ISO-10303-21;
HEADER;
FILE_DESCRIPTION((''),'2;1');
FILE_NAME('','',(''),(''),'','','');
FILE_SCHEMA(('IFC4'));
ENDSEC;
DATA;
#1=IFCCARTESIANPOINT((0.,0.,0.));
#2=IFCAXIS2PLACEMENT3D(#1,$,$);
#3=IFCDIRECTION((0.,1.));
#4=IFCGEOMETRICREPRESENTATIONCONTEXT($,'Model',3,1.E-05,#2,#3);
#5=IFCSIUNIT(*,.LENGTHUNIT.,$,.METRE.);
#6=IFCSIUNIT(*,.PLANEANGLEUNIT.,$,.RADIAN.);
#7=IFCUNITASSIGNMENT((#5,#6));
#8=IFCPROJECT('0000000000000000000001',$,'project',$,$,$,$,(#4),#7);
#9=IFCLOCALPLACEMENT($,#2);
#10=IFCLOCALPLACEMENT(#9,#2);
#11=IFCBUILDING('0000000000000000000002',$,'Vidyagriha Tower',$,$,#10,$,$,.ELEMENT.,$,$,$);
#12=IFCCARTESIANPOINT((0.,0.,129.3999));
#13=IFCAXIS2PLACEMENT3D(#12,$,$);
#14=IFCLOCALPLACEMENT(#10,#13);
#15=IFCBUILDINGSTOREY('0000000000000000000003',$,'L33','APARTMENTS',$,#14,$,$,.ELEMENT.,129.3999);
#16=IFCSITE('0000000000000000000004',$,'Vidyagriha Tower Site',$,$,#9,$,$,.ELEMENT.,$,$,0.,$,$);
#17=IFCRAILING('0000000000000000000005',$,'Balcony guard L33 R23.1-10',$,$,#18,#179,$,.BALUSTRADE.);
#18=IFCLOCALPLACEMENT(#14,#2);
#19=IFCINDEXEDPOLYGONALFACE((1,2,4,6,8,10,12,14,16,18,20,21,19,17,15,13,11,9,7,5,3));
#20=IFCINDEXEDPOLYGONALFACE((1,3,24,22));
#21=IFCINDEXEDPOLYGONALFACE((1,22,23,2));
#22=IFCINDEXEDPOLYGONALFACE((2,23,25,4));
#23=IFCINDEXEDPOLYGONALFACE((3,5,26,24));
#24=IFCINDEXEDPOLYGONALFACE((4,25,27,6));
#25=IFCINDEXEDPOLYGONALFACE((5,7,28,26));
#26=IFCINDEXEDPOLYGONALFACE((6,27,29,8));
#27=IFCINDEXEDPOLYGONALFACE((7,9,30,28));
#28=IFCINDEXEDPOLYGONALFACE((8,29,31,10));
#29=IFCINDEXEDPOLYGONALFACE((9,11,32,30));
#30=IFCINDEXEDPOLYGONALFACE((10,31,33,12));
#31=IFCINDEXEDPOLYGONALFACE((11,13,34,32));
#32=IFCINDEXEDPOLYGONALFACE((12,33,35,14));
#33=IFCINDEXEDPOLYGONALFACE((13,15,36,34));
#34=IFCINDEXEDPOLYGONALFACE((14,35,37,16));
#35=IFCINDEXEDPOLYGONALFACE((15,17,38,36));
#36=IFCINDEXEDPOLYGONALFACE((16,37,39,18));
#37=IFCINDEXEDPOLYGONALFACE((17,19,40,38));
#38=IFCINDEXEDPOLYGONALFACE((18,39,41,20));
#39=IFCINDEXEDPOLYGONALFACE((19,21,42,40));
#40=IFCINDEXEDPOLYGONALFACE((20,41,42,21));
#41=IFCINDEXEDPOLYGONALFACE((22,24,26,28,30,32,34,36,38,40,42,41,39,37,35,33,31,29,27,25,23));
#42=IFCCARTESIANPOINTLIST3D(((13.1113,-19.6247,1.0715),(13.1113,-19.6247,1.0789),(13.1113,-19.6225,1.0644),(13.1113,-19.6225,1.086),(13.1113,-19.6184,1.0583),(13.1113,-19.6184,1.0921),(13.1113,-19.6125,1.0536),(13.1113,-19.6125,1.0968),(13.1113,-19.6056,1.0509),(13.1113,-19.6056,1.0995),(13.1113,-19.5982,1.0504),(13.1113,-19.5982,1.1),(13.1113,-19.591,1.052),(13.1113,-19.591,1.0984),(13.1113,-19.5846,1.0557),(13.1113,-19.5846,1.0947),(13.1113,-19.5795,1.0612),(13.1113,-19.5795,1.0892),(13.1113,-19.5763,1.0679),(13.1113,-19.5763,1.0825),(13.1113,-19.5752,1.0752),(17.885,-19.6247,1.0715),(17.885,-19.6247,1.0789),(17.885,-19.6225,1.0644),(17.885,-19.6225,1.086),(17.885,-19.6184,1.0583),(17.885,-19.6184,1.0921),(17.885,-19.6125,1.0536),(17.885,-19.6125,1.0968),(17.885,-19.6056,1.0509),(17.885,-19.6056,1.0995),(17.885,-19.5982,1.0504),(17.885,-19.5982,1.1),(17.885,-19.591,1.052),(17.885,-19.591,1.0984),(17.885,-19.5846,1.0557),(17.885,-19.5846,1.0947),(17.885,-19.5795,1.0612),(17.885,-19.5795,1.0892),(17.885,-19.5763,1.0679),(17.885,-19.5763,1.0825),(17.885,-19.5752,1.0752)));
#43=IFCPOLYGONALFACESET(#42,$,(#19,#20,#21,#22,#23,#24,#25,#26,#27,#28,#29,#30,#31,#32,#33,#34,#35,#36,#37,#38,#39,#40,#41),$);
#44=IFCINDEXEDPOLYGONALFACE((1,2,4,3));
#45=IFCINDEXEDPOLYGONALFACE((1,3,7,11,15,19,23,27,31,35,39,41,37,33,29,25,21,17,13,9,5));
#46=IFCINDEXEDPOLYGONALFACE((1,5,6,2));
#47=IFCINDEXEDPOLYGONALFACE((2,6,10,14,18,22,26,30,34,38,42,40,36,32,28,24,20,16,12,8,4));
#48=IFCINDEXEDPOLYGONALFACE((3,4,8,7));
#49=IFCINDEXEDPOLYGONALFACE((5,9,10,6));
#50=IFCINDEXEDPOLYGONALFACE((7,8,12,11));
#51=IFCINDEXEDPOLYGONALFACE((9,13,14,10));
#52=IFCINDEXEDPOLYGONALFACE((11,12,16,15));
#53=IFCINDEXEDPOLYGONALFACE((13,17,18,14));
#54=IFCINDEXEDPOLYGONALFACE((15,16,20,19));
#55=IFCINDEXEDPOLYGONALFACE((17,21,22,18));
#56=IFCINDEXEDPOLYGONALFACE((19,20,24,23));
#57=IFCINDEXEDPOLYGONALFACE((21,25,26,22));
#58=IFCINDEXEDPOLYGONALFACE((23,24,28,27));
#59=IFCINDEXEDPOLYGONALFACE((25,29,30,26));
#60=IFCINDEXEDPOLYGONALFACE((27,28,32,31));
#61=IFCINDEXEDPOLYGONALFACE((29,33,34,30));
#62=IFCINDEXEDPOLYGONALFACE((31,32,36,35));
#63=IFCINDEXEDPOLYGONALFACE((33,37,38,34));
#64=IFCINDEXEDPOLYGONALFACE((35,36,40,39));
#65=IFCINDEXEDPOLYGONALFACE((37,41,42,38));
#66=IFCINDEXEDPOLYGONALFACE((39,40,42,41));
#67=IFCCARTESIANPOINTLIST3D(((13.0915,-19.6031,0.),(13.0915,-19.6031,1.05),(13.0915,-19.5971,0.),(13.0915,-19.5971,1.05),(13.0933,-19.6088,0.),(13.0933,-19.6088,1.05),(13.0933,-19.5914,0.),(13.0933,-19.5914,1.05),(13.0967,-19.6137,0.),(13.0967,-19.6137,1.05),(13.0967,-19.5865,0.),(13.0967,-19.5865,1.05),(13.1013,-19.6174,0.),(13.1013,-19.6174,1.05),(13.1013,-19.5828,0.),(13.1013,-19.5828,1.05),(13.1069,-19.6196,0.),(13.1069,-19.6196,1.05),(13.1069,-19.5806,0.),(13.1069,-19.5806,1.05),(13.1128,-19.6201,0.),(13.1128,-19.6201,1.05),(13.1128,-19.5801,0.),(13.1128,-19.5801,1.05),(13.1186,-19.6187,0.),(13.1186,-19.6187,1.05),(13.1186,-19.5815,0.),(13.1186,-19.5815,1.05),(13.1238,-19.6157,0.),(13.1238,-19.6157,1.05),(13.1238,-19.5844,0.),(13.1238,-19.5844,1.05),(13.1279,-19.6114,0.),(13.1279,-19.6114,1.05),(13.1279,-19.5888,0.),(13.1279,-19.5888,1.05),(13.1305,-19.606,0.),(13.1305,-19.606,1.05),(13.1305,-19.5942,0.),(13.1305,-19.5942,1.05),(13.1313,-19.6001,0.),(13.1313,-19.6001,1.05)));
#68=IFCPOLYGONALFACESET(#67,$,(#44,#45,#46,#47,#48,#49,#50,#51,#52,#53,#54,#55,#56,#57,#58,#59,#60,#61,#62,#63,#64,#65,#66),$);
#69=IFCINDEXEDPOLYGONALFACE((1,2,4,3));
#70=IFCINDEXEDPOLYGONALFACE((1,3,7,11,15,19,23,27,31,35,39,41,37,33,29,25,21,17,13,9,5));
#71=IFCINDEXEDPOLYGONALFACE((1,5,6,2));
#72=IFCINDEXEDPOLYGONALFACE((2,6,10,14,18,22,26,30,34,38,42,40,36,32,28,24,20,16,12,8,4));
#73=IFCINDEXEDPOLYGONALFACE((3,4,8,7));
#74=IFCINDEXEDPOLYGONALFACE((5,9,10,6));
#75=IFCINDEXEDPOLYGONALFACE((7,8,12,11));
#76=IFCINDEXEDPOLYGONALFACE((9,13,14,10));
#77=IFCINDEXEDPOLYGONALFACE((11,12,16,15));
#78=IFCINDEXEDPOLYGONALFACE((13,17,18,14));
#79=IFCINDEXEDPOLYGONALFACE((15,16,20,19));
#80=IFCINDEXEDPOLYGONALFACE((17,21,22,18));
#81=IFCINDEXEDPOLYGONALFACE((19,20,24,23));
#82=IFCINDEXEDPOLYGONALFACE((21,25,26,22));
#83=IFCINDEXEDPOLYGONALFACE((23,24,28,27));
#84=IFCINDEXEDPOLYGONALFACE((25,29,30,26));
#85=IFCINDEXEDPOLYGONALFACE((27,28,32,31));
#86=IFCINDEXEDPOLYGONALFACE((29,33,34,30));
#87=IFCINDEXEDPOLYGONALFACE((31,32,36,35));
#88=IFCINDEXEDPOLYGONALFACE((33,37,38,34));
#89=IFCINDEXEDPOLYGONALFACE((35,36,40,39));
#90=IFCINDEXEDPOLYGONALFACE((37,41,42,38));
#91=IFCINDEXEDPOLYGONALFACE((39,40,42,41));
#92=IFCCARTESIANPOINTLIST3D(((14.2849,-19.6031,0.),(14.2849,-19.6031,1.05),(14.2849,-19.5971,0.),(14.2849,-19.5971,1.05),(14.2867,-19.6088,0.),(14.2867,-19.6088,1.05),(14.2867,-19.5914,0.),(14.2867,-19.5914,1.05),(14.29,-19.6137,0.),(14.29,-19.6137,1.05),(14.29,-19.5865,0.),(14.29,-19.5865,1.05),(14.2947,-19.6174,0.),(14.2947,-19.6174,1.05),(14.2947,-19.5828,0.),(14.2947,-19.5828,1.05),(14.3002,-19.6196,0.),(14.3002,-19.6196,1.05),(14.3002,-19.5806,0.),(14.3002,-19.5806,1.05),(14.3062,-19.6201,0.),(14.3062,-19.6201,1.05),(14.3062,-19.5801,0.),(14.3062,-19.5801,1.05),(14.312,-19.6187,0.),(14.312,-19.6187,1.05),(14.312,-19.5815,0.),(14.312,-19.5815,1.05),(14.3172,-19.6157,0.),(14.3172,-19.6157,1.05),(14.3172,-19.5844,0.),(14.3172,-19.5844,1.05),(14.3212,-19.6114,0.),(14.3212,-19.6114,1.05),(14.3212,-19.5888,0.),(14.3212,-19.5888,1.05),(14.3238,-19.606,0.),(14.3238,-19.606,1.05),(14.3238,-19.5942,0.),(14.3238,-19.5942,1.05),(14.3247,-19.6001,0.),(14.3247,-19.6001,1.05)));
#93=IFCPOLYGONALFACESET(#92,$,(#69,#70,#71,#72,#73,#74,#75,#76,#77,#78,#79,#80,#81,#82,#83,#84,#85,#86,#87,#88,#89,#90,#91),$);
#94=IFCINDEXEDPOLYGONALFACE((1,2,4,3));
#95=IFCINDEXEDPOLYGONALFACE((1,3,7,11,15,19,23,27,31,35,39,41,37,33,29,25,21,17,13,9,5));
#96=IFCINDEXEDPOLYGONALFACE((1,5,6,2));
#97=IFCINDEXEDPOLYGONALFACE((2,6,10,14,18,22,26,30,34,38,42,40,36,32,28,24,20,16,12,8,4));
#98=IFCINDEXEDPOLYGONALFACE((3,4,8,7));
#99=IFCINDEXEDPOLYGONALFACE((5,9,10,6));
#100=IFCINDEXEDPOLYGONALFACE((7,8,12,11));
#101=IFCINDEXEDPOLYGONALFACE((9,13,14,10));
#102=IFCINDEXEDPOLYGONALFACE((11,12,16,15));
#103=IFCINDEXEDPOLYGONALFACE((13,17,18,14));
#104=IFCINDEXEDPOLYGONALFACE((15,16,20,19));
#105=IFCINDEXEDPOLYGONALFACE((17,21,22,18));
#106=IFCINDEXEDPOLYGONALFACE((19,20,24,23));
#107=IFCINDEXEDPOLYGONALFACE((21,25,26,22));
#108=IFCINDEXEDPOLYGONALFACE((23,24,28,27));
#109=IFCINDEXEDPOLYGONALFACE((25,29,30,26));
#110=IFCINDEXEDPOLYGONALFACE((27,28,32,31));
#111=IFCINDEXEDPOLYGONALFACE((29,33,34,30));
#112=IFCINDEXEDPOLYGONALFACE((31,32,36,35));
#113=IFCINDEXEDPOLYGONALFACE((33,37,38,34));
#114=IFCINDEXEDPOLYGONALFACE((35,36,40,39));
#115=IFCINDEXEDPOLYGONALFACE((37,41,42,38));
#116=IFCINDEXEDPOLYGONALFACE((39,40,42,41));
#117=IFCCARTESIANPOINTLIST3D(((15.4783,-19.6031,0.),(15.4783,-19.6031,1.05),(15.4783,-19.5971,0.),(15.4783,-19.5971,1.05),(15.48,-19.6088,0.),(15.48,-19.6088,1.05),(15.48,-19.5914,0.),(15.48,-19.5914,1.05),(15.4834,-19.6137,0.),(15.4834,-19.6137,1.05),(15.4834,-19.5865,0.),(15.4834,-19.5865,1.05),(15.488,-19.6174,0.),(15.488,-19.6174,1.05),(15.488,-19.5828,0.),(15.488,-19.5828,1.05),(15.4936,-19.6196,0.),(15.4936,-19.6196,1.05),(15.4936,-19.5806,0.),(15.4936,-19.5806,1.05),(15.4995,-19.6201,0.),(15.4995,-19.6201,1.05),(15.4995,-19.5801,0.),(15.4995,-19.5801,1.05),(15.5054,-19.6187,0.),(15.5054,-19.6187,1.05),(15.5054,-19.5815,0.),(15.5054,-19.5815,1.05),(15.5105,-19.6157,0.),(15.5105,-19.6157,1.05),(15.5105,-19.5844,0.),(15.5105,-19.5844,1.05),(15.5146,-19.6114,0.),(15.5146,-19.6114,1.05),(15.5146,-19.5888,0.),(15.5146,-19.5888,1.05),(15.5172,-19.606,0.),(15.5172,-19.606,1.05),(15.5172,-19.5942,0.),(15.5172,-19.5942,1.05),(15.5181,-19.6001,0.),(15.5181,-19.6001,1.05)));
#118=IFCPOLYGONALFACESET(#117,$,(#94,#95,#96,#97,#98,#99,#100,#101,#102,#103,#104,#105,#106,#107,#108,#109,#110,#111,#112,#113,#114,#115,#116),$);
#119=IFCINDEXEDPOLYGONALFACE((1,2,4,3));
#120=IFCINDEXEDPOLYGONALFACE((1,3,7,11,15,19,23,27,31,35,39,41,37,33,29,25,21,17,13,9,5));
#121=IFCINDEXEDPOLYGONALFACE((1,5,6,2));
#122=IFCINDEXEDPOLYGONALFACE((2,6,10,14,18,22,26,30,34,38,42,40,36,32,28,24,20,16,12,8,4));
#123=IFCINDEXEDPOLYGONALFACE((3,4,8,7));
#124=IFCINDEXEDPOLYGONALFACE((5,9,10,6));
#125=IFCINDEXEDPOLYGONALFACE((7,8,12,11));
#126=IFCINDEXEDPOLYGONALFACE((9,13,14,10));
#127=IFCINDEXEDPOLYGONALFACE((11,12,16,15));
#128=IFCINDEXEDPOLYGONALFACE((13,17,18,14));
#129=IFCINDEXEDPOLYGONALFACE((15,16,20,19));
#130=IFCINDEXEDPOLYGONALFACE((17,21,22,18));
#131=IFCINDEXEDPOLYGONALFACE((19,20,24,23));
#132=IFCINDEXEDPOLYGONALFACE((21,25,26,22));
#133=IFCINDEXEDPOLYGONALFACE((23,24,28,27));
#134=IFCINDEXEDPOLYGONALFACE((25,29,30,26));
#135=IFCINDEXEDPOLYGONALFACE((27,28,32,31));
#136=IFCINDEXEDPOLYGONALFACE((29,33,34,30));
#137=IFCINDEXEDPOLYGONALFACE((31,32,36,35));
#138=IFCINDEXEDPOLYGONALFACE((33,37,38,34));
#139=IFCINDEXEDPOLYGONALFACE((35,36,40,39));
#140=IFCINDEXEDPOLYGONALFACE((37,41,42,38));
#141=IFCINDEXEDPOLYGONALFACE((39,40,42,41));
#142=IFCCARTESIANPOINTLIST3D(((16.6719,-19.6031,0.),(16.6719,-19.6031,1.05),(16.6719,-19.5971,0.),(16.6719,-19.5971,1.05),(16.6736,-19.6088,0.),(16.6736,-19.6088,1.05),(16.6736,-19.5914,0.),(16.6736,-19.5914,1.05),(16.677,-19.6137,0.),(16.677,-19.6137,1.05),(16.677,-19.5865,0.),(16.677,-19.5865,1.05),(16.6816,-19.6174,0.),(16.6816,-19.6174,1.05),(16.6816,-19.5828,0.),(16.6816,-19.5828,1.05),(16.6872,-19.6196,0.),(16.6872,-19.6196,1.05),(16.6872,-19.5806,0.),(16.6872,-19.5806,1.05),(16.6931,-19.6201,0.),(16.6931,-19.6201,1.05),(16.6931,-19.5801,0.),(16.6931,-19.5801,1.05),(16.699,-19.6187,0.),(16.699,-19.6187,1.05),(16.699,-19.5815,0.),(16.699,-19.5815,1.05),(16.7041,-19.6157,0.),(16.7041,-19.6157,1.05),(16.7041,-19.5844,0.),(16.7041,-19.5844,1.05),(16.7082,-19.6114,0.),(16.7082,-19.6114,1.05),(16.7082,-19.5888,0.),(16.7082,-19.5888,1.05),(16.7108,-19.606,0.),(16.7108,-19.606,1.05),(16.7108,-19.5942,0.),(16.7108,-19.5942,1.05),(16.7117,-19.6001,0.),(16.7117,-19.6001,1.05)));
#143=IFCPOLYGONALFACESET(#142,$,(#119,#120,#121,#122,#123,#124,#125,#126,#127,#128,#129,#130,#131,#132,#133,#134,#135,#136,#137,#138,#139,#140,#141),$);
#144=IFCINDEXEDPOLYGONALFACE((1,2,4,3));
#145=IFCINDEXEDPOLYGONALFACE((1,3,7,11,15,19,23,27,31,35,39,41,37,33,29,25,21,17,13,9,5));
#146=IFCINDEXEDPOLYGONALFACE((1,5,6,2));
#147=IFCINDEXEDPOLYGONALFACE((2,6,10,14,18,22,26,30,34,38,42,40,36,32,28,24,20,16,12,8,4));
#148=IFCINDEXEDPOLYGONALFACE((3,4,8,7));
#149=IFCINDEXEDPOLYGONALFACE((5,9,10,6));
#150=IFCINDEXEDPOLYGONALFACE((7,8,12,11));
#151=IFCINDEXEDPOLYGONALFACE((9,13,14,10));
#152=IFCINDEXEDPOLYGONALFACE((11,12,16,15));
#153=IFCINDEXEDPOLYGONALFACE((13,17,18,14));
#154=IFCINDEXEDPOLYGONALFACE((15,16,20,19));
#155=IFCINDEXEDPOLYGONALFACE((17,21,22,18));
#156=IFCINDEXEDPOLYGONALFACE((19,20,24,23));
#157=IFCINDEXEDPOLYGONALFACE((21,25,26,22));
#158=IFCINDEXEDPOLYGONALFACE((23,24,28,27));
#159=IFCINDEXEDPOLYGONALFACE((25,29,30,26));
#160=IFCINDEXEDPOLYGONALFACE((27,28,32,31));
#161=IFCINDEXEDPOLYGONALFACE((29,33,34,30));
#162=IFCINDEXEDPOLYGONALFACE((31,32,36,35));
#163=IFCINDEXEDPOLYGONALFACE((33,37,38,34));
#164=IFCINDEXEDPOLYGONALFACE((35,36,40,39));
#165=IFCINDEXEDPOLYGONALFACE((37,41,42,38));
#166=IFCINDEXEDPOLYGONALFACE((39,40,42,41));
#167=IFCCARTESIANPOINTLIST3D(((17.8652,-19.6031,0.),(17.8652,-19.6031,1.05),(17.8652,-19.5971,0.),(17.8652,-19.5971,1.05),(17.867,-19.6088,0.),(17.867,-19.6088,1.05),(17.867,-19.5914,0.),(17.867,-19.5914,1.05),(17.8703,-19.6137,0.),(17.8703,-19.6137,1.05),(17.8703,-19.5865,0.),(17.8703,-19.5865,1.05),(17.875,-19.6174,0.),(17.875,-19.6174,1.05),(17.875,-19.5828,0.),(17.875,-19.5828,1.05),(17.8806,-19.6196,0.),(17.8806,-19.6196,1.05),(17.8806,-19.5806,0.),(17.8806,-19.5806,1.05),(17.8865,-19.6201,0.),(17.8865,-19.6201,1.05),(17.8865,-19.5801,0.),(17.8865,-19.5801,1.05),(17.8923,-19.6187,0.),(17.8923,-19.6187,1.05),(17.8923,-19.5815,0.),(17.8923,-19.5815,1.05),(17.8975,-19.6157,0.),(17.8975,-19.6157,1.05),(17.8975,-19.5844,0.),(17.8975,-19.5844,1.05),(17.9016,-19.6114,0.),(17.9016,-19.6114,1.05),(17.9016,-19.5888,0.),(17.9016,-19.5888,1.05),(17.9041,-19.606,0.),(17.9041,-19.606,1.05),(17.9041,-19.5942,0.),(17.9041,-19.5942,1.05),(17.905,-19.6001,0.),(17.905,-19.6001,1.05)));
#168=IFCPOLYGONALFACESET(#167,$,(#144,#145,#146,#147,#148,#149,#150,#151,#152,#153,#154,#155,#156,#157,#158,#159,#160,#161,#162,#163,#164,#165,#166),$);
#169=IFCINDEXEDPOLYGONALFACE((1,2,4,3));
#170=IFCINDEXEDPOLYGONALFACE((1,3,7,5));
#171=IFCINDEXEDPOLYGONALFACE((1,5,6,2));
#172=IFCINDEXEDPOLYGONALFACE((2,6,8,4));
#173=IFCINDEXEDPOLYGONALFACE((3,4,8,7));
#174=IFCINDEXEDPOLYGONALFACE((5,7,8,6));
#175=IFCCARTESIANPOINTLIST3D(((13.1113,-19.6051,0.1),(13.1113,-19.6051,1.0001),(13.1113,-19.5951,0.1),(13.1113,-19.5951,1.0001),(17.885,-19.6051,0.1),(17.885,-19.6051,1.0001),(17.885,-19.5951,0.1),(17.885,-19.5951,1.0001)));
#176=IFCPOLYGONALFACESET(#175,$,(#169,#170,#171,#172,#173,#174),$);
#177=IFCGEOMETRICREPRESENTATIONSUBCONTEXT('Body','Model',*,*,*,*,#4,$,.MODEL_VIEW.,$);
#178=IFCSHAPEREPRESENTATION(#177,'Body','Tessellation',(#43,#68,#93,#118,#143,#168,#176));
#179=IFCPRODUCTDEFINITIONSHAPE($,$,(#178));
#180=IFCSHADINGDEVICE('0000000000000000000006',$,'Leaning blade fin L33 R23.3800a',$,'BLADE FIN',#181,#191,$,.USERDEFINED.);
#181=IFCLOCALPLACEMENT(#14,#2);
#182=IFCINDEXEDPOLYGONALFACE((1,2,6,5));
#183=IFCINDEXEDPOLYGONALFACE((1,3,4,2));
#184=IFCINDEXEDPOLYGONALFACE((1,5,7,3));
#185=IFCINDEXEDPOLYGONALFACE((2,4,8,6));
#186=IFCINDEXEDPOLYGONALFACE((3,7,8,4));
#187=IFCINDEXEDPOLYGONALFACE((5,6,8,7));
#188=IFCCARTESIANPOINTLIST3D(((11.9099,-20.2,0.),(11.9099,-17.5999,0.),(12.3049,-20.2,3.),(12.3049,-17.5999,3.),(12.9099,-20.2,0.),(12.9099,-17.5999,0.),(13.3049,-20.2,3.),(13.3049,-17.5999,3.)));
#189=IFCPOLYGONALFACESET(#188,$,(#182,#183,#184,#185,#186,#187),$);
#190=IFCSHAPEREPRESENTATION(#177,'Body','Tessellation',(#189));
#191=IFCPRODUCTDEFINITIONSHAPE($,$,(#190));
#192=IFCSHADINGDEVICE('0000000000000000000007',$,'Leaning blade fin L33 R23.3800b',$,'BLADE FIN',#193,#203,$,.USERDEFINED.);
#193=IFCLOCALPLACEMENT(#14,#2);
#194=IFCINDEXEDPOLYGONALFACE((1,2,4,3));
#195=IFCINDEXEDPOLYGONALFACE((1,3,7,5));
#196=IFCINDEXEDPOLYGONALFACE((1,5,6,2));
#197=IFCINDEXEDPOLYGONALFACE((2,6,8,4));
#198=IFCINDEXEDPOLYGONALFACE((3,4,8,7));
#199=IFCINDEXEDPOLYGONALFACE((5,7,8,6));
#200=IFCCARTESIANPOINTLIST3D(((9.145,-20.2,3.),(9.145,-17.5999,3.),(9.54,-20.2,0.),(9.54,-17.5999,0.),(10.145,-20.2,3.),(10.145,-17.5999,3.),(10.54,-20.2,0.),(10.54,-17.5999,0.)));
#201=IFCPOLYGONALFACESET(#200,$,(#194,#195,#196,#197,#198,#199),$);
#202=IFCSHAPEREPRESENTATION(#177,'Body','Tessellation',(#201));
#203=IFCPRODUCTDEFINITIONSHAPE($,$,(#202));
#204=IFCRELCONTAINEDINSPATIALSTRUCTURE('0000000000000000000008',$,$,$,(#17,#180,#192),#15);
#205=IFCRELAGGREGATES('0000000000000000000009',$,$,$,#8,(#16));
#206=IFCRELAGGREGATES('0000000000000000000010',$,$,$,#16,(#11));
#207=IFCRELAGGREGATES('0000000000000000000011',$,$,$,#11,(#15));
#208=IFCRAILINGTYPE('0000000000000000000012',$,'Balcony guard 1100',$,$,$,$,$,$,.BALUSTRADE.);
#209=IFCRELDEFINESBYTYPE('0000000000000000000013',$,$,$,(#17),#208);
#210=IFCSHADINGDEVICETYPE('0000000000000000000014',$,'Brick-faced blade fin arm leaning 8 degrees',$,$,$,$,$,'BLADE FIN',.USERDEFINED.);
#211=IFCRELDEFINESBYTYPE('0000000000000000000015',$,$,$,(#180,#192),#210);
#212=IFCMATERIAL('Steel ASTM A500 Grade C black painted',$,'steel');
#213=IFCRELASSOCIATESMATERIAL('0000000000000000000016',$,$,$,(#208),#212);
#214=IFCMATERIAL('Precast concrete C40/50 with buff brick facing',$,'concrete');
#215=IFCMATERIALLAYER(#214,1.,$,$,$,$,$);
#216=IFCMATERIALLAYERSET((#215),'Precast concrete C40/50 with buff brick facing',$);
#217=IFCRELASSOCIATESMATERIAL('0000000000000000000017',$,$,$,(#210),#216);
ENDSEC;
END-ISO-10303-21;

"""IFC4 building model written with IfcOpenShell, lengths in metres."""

from ifc_helpers import new_model, si_unit, direction, frame, origin, origin_2d, place, context, subcontext, project, spatial, polyline, rectangle, circle, outline, extrude, material, layer, layer_set, type_object, element, save


model = new_model("IFC4")

# Units and contexts
model_context = context("Model", 3, precision=1e-05, world=origin(), true_north=direction((0.0, 1.0)))
body_context = subcontext(model_context, "Body", "Model", "MODEL_VIEW")
ifc_project = project(units=[si_unit("LENGTHUNIT", "METRE"), si_unit("PLANEANGLEUNIT", "RADIAN")], contexts=[model_context])

# Site, building, storey
site_placement = place(None, origin())
site = spatial("IfcSite", under=ifc_project, at=site_placement, Name="Vidyagriha Tower Site", CompositionType="ELEMENT", RefElevation=0.0)
building_placement = place(site_placement, origin())
building = spatial("IfcBuilding", under=site, at=building_placement, Name="Vidyagriha Tower", CompositionType="ELEMENT")
storey_placement = place(building_placement, frame((0.0, 0.0, 129.3999)))
storey = spatial("IfcBuildingStorey", under=building, at=storey_placement, Name="L33", Description="APARTMENTS", CompositionType="ELEMENT", Elevation=129.3999)

# Railing
ifc_material_1 = material(Name="Steel ASTM A500 Grade C black painted", Category="steel")
railing_type = type_object("IfcRailingType", Name="Balcony guard 1100", PredefinedType="BALUSTRADE", material=ifc_material_1)
railing_1_placement = place(storey_placement, frame((13.1113, -19.6001, 0.0)))
element("IfcRailing", 1, at=railing_1_placement, inside=storey, type_object=railing_type, Name="Balcony guard L33 R23.1-10", PredefinedType="BALUSTRADE", context=body_context, shape_type="SweptSolid", body=[
    extrude(circle(Radius=0.0249, at=origin_2d()), frame((0.0, 0.0, 1.0752), z_axis=(1.0, 0.0, 0.0), x_axis=(0.0, 1.0, 0.0)), (0.0, 0.0, 1.0), 4.7737),
    extrude(circle(Radius=0.02, at=origin_2d()), origin(), (0.0, 0.0, 1.0), 1.05),
    extrude(circle(Radius=0.02, at=origin_2d()), frame((1.1934, 0.0, 0.0)), (0.0, 0.0, 1.0), 1.05),
    extrude(circle(Radius=0.02, at=origin_2d()), frame((2.3867, 0.0, 0.0)), (0.0, 0.0, 1.0), 1.05),
    extrude(circle(Radius=0.02, at=origin_2d()), frame((3.5803, 0.0, 0.0)), (0.0, 0.0, 1.0), 1.05),
    extrude(circle(Radius=0.02, at=origin_2d()), frame((4.7737, 0.0, 0.0)), (0.0, 0.0, 1.0), 1.05),
    extrude(rectangle(XDim=0.01, YDim=0.9001, at=origin_2d()), frame((0.0, 0.0, 0.55), z_axis=(1.0, 0.0, 0.0), x_axis=(0.0, 1.0, 0.0)), (0.0, 0.0, 1.0), 4.7737),
])

# Shading devices
ifc_material_2 = material(Name="Precast concrete C40/50 with buff brick facing", Category="concrete")
ifc_layer_1 = layer(ifc_material_2, 1.0)
ifc_layer_set_1 = layer_set([ifc_layer_1], Name="Precast concrete C40/50 with buff brick facing")
shading_device_type_1 = type_object("IfcShadingDeviceType", Name="Brick-faced blade fin arm leaning 8 degrees", ElementType="BLADE FIN", PredefinedType="USERDEFINED", material=ifc_layer_set_1)
shading_device_1_placement = place(storey_placement, frame((11.9099, -18.8999, 0.0)))
element("IfcShadingDevice", 2, at=shading_device_1_placement, inside=storey, type_object=shading_device_type_1, Name="Leaning blade fin L33 R23.3800a", ObjectType="BLADE FIN", PredefinedType="USERDEFINED", context=body_context, shape_type="SweptSolid", body=[
    extrude(outline(polyline([(0.0, 0.0), (1.0, 0.0), (1.395, 3.0), (0.395, 3.0), (0.0, 0.0)])), frame((0.0, 1.3, 0.0), z_axis=(0.0, -1.0, 0.0), x_axis=(1.0, 0.0, 0.0)), (0.0, 0.0, 1.0), 2.6001),
])
shading_device_2_placement = place(storey_placement, frame((9.145, -18.8999, 0.0)))
element("IfcShadingDevice", 3, at=shading_device_2_placement, inside=storey, type_object=shading_device_type_1, Name="Leaning blade fin L33 R23.3800b", ObjectType="BLADE FIN", PredefinedType="USERDEFINED", context=body_context, shape_type="SweptSolid", body=[
    extrude(outline(polyline([(0.395, 0.0), (1.395, 0.0), (1.0, 3.0), (0.0, 3.0), (0.395, 0.0)])), frame((0.0, 1.3, 0.0), z_axis=(0.0, -1.0, 0.0), x_axis=(1.0, 0.0, 0.0)), (0.0, 0.0, 1.0), 2.6001),
])

save(model, "model.ifc")
